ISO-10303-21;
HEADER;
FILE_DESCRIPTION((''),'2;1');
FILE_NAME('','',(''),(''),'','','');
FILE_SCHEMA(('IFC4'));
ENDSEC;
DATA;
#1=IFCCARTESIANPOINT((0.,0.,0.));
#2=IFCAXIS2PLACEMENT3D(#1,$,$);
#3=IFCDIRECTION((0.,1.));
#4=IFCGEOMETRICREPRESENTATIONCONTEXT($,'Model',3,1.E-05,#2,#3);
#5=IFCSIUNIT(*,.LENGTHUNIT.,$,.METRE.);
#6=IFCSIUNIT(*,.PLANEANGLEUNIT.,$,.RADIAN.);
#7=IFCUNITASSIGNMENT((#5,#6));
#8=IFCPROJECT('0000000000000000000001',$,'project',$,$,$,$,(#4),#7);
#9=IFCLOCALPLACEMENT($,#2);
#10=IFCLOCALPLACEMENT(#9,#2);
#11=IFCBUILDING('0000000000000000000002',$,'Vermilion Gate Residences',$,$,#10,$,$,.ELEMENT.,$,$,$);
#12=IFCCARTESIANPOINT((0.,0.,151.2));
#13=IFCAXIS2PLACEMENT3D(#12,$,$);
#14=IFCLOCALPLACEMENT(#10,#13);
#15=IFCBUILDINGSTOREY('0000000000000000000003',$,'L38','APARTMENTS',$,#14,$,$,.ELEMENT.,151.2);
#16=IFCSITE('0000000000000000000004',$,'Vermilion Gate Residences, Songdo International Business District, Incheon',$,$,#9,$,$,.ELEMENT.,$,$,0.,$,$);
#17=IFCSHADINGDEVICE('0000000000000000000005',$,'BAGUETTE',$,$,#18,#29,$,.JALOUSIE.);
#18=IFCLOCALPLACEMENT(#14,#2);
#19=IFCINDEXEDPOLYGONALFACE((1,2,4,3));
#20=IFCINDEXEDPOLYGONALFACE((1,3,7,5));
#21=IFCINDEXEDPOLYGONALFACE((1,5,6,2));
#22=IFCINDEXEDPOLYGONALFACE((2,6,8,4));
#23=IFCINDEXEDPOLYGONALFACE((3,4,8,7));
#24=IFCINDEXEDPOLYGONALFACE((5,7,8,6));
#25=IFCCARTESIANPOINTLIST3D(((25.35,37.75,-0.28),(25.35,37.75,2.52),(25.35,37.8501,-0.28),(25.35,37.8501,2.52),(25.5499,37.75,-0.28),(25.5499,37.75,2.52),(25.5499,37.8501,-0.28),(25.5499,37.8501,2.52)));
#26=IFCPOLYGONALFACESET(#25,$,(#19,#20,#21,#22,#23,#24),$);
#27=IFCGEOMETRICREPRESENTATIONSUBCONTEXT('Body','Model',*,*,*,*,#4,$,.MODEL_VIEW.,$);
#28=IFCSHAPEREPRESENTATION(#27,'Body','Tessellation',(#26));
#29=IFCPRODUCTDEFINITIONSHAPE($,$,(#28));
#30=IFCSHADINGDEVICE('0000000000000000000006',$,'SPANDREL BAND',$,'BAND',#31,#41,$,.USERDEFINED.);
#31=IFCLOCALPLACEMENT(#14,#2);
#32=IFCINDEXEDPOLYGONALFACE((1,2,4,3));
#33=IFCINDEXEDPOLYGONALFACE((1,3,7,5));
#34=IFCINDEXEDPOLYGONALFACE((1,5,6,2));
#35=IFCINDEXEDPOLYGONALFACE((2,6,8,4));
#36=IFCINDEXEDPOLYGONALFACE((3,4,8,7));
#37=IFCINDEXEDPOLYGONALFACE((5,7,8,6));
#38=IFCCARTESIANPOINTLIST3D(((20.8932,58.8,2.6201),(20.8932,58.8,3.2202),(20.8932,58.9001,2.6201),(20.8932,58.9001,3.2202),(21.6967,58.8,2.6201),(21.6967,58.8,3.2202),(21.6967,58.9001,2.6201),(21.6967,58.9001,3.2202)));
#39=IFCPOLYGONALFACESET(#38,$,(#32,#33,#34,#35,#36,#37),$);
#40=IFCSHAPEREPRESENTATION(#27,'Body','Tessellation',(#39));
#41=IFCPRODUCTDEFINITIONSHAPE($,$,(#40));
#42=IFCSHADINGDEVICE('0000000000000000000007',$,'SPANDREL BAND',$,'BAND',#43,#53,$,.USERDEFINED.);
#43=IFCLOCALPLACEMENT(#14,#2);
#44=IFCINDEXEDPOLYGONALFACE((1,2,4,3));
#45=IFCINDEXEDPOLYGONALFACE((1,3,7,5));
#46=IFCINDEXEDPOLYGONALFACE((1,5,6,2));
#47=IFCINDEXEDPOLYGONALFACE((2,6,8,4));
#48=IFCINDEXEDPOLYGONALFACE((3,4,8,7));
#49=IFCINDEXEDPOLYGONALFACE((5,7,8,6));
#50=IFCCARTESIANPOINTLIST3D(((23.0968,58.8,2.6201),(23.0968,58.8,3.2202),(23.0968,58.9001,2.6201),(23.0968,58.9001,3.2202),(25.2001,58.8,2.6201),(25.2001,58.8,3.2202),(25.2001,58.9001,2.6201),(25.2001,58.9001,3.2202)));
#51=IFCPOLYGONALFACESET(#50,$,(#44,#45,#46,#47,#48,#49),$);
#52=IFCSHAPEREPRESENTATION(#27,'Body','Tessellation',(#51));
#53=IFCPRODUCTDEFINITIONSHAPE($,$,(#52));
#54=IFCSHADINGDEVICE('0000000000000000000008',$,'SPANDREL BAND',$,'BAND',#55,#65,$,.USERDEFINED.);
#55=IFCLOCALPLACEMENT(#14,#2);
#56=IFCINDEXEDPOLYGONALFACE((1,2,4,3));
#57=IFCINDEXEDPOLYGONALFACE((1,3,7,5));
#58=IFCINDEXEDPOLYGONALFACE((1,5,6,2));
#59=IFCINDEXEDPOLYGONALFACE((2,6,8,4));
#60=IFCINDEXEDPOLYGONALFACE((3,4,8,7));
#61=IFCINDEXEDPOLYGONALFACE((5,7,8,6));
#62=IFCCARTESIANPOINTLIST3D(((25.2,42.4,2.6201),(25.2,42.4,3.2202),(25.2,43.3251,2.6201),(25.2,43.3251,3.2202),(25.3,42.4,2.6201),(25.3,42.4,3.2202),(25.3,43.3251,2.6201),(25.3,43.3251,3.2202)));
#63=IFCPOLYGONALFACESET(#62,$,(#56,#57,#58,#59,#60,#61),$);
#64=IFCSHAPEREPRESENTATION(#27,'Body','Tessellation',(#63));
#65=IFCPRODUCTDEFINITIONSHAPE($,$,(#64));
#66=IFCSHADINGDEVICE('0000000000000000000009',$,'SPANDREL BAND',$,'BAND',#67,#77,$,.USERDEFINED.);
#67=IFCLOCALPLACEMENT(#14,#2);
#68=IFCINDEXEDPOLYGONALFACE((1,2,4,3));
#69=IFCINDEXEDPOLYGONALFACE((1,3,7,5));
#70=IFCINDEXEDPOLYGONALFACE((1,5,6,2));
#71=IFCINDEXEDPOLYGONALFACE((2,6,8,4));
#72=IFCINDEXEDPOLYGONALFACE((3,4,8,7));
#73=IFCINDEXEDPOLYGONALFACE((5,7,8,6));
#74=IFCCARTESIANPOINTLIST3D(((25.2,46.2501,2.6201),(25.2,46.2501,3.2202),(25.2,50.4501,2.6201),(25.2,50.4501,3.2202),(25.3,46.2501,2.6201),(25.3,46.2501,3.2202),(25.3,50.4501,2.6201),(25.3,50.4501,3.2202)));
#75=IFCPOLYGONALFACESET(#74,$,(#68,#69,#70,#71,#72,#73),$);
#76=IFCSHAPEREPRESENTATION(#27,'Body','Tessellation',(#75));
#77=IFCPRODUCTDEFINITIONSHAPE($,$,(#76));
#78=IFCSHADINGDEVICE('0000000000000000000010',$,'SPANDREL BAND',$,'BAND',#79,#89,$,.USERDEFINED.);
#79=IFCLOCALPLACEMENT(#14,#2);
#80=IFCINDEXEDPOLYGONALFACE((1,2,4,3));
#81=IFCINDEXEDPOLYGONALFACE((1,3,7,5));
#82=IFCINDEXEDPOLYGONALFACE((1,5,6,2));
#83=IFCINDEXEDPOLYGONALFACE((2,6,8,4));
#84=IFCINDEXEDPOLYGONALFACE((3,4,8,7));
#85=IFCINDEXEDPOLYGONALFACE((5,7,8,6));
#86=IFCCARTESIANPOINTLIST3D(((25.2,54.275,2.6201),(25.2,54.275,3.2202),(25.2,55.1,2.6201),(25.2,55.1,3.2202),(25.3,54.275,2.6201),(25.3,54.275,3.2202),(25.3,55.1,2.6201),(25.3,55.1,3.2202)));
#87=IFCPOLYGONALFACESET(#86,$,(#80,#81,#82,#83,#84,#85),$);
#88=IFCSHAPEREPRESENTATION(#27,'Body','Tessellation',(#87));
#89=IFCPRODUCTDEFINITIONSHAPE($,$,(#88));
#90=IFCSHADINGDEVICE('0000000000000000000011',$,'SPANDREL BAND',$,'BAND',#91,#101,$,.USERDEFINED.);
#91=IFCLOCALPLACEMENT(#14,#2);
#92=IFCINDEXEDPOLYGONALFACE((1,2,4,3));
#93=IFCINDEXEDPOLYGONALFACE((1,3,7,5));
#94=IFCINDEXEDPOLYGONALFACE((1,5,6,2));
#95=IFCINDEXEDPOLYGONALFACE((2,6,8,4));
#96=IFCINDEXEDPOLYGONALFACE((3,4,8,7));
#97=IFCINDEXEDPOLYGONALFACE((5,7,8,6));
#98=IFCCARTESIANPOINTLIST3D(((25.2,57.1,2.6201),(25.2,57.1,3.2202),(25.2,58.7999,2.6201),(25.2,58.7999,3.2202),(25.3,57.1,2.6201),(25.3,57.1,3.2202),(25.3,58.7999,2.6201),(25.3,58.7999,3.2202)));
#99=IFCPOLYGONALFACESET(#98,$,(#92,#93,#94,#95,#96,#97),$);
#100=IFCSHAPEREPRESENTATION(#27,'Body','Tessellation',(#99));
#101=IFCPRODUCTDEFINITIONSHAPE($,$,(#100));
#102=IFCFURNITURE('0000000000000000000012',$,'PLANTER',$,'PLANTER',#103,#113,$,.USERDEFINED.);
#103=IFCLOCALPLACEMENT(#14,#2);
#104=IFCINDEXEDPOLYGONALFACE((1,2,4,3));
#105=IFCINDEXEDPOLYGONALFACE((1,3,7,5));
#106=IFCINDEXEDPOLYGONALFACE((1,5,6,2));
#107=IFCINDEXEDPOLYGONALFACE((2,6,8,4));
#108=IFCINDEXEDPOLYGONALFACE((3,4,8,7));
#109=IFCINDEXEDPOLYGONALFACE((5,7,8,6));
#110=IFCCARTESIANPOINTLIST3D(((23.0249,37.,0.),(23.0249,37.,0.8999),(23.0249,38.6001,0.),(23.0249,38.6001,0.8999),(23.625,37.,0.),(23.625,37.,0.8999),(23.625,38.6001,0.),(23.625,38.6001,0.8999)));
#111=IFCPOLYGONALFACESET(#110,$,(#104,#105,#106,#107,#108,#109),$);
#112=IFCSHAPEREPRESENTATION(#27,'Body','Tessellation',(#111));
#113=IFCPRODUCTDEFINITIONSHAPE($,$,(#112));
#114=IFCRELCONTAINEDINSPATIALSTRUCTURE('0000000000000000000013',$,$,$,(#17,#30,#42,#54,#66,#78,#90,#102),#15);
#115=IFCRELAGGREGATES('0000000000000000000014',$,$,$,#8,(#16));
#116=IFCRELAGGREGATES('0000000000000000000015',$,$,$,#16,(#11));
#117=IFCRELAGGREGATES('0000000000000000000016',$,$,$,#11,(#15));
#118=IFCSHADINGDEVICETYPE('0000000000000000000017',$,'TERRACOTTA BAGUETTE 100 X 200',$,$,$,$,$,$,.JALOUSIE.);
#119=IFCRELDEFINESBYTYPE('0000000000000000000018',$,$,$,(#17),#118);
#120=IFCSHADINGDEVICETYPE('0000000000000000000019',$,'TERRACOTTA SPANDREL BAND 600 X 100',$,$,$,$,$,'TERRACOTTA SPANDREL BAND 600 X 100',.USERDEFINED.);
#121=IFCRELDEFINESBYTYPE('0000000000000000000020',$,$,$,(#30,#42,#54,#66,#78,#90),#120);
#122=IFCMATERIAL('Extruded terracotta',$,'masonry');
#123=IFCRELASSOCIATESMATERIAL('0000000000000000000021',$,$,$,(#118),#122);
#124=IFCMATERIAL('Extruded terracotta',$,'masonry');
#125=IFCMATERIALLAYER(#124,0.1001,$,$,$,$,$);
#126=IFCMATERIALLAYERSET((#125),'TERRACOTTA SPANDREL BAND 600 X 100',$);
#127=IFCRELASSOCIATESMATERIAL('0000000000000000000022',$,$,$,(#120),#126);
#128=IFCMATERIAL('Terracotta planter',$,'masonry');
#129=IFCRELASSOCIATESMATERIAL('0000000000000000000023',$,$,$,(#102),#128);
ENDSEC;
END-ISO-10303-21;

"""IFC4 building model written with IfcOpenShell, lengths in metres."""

from ifc_helpers import new_model, si_unit, direction, frame, origin, origin_2d, place, context, subcontext, project, spatial, rectangle, extrude, material, layer, layer_set, material_profile, profile_set, type_object, element, save


model = new_model("IFC4")

# Units and contexts
model_context = context("Model", 3, precision=1e-05, world=origin(), true_north=direction((0.0, 1.0)))
body_context = subcontext(model_context, "Body", "Model", "MODEL_VIEW")
ifc_project = project(units=[si_unit("LENGTHUNIT", "METRE"), si_unit("PLANEANGLEUNIT", "RADIAN")], contexts=[model_context])

# Site, building, storey
site_placement = place(None, origin())
site = spatial("IfcSite", under=ifc_project, at=site_placement, Name="Vermilion Gate Residences, Songdo International Business District, Incheon", CompositionType="ELEMENT", RefElevation=0.0)
building_placement = place(site_placement, origin())
building = spatial("IfcBuilding", under=site, at=building_placement, Name="Vermilion Gate Residences", CompositionType="ELEMENT")
storey_placement = place(building_placement, frame((0.0, 0.0, 151.2)))
storey = spatial("IfcBuildingStorey", under=building, at=storey_placement, Name="L38", Description="APARTMENTS", CompositionType="ELEMENT", Elevation=151.2)

# Shading devices
ifc_material_1 = material(Name="Extruded terracotta", Category="masonry")
ifc_material_profile_1 = material_profile(ifc_material_1, rectangle(XDim=0.2, YDim=0.1001, at=origin_2d()), Name="BAGUETTE 100 X 200")
ifc_profile_set_1 = profile_set([ifc_material_profile_1], Name="Extruded terracotta")
shading_device_type_1 = type_object("IfcShadingDeviceType", Name="TERRACOTTA BAGUETTE 100 X 200", PredefinedType="JALOUSIE", material=ifc_profile_set_1)
shading_device_1_placement = place(storey_placement, frame((25.45, 37.8, -0.28), z_axis=(0.0, 0.0, 1.0), x_axis=(-1.0, 0.0, 0.0)))
element("IfcShadingDevice", 1, at=shading_device_1_placement, inside=storey, type_object=shading_device_type_1, Name="BAGUETTE", PredefinedType="JALOUSIE", context=body_context, shape_type="SweptSolid", body=[
    extrude(rectangle(XDim=0.2, YDim=0.1001, at=origin_2d()), origin(), (0.0, 0.0, 1.0), 2.8),
])
ifc_material_2 = material(Name="Extruded terracotta", Category="masonry")
ifc_layer_1 = layer(ifc_material_2, 0.1001)
ifc_layer_set_1 = layer_set([ifc_layer_1], Name="TERRACOTTA SPANDREL BAND 600 X 100")
shading_device_type_2 = type_object("IfcShadingDeviceType", Name="TERRACOTTA SPANDREL BAND 600 X 100", ElementType="TERRACOTTA SPANDREL BAND 600 X 100", PredefinedType="USERDEFINED", material=ifc_layer_set_1)
shading_device_2_placement = place(storey_placement, frame((21.2949, 58.8501, 2.6201), z_axis=(0.0, 0.0, 1.0), x_axis=(1.0, 0.0, 0.0)))
element("IfcShadingDevice", 2, at=shading_device_2_placement, inside=storey, type_object=shading_device_type_2, Name="SPANDREL BAND", ObjectType="BAND", PredefinedType="USERDEFINED", context=body_context, shape_type="SweptSolid", body=[
    extrude(rectangle(XDim=0.8035, YDim=0.1001, at=origin_2d()), origin(), (0.0, 0.0, 1.0), 0.6001),
])
shading_device_3_placement = place(storey_placement, frame((24.1484, 58.8501, 2.6201), z_axis=(0.0, 0.0, 1.0), x_axis=(1.0, 0.0, 0.0)))
element("IfcShadingDevice", 3, at=shading_device_3_placement, inside=storey, type_object=shading_device_type_2, Name="SPANDREL BAND", ObjectType="BAND", PredefinedType="USERDEFINED", context=body_context, shape_type="SweptSolid", body=[
    extrude(rectangle(XDim=2.1033, YDim=0.1001, at=origin_2d()), origin(), (0.0, 0.0, 1.0), 0.6001),
])
shading_device_4_placement = place(storey_placement, frame((25.25, 42.8625, 2.6201), z_axis=(0.0, 0.0, 1.0), x_axis=(0.0, 1.0, 0.0)))
element("IfcShadingDevice", 4, at=shading_device_4_placement, inside=storey, type_object=shading_device_type_2, Name="SPANDREL BAND", ObjectType="BAND", PredefinedType="USERDEFINED", context=body_context, shape_type="SweptSolid", body=[
    extrude(rectangle(XDim=0.925, YDim=0.1001, at=origin_2d()), origin(), (0.0, 0.0, 1.0), 0.6001),
])
shading_device_5_placement = place(storey_placement, frame((25.25, 48.3501, 2.6201), z_axis=(0.0, 0.0, 1.0), x_axis=(0.0, 1.0, 0.0)))
element("IfcShadingDevice", 5, at=shading_device_5_placement, inside=storey, type_object=shading_device_type_2, Name="SPANDREL BAND", ObjectType="BAND", PredefinedType="USERDEFINED", context=body_context, shape_type="SweptSolid", body=[
    extrude(rectangle(XDim=4.2, YDim=0.1001, at=origin_2d()), origin(), (0.0, 0.0, 1.0), 0.6001),
])
shading_device_6_placement = place(storey_placement, frame((25.25, 54.6875, 2.6201), z_axis=(0.0, 0.0, 1.0), x_axis=(0.0, 1.0, 0.0)))
element("IfcShadingDevice", 6, at=shading_device_6_placement, inside=storey, type_object=shading_device_type_2, Name="SPANDREL BAND", ObjectType="BAND", PredefinedType="USERDEFINED", context=body_context, shape_type="SweptSolid", body=[
    extrude(rectangle(XDim=0.825, YDim=0.1001, at=origin_2d()), origin(), (0.0, 0.0, 1.0), 0.6001),
])
shading_device_7_placement = place(storey_placement, frame((25.25, 57.95, 2.6201), z_axis=(0.0, 0.0, 1.0), x_axis=(0.0, 1.0, 0.0)))
element("IfcShadingDevice", 7, at=shading_device_7_placement, inside=storey, type_object=shading_device_type_2, Name="SPANDREL BAND", ObjectType="BAND", PredefinedType="USERDEFINED", context=body_context, shape_type="SweptSolid", body=[
    extrude(rectangle(XDim=1.7, YDim=0.1001, at=origin_2d()), origin(), (0.0, 0.0, 1.0), 0.6001),
])

# Furniture
ifc_material_3 = material(Name="Terracotta planter", Category="masonry")
furniture_placement = place(storey_placement, frame((23.325, 37.8, 0.0), z_axis=(0.0, 0.0, 1.0), x_axis=(0.0, 1.0, 0.0)))
element("IfcFurniture", 8, at=furniture_placement, inside=storey, material=ifc_material_3, Name="PLANTER", ObjectType="PLANTER", PredefinedType="USERDEFINED", context=body_context, shape_type="SweptSolid", body=[
    extrude(rectangle(XDim=1.6001, YDim=0.6001, at=origin_2d()), origin(), (0.0, 0.0, 1.0), 0.8999),
])

save(model, "model.ifc")
